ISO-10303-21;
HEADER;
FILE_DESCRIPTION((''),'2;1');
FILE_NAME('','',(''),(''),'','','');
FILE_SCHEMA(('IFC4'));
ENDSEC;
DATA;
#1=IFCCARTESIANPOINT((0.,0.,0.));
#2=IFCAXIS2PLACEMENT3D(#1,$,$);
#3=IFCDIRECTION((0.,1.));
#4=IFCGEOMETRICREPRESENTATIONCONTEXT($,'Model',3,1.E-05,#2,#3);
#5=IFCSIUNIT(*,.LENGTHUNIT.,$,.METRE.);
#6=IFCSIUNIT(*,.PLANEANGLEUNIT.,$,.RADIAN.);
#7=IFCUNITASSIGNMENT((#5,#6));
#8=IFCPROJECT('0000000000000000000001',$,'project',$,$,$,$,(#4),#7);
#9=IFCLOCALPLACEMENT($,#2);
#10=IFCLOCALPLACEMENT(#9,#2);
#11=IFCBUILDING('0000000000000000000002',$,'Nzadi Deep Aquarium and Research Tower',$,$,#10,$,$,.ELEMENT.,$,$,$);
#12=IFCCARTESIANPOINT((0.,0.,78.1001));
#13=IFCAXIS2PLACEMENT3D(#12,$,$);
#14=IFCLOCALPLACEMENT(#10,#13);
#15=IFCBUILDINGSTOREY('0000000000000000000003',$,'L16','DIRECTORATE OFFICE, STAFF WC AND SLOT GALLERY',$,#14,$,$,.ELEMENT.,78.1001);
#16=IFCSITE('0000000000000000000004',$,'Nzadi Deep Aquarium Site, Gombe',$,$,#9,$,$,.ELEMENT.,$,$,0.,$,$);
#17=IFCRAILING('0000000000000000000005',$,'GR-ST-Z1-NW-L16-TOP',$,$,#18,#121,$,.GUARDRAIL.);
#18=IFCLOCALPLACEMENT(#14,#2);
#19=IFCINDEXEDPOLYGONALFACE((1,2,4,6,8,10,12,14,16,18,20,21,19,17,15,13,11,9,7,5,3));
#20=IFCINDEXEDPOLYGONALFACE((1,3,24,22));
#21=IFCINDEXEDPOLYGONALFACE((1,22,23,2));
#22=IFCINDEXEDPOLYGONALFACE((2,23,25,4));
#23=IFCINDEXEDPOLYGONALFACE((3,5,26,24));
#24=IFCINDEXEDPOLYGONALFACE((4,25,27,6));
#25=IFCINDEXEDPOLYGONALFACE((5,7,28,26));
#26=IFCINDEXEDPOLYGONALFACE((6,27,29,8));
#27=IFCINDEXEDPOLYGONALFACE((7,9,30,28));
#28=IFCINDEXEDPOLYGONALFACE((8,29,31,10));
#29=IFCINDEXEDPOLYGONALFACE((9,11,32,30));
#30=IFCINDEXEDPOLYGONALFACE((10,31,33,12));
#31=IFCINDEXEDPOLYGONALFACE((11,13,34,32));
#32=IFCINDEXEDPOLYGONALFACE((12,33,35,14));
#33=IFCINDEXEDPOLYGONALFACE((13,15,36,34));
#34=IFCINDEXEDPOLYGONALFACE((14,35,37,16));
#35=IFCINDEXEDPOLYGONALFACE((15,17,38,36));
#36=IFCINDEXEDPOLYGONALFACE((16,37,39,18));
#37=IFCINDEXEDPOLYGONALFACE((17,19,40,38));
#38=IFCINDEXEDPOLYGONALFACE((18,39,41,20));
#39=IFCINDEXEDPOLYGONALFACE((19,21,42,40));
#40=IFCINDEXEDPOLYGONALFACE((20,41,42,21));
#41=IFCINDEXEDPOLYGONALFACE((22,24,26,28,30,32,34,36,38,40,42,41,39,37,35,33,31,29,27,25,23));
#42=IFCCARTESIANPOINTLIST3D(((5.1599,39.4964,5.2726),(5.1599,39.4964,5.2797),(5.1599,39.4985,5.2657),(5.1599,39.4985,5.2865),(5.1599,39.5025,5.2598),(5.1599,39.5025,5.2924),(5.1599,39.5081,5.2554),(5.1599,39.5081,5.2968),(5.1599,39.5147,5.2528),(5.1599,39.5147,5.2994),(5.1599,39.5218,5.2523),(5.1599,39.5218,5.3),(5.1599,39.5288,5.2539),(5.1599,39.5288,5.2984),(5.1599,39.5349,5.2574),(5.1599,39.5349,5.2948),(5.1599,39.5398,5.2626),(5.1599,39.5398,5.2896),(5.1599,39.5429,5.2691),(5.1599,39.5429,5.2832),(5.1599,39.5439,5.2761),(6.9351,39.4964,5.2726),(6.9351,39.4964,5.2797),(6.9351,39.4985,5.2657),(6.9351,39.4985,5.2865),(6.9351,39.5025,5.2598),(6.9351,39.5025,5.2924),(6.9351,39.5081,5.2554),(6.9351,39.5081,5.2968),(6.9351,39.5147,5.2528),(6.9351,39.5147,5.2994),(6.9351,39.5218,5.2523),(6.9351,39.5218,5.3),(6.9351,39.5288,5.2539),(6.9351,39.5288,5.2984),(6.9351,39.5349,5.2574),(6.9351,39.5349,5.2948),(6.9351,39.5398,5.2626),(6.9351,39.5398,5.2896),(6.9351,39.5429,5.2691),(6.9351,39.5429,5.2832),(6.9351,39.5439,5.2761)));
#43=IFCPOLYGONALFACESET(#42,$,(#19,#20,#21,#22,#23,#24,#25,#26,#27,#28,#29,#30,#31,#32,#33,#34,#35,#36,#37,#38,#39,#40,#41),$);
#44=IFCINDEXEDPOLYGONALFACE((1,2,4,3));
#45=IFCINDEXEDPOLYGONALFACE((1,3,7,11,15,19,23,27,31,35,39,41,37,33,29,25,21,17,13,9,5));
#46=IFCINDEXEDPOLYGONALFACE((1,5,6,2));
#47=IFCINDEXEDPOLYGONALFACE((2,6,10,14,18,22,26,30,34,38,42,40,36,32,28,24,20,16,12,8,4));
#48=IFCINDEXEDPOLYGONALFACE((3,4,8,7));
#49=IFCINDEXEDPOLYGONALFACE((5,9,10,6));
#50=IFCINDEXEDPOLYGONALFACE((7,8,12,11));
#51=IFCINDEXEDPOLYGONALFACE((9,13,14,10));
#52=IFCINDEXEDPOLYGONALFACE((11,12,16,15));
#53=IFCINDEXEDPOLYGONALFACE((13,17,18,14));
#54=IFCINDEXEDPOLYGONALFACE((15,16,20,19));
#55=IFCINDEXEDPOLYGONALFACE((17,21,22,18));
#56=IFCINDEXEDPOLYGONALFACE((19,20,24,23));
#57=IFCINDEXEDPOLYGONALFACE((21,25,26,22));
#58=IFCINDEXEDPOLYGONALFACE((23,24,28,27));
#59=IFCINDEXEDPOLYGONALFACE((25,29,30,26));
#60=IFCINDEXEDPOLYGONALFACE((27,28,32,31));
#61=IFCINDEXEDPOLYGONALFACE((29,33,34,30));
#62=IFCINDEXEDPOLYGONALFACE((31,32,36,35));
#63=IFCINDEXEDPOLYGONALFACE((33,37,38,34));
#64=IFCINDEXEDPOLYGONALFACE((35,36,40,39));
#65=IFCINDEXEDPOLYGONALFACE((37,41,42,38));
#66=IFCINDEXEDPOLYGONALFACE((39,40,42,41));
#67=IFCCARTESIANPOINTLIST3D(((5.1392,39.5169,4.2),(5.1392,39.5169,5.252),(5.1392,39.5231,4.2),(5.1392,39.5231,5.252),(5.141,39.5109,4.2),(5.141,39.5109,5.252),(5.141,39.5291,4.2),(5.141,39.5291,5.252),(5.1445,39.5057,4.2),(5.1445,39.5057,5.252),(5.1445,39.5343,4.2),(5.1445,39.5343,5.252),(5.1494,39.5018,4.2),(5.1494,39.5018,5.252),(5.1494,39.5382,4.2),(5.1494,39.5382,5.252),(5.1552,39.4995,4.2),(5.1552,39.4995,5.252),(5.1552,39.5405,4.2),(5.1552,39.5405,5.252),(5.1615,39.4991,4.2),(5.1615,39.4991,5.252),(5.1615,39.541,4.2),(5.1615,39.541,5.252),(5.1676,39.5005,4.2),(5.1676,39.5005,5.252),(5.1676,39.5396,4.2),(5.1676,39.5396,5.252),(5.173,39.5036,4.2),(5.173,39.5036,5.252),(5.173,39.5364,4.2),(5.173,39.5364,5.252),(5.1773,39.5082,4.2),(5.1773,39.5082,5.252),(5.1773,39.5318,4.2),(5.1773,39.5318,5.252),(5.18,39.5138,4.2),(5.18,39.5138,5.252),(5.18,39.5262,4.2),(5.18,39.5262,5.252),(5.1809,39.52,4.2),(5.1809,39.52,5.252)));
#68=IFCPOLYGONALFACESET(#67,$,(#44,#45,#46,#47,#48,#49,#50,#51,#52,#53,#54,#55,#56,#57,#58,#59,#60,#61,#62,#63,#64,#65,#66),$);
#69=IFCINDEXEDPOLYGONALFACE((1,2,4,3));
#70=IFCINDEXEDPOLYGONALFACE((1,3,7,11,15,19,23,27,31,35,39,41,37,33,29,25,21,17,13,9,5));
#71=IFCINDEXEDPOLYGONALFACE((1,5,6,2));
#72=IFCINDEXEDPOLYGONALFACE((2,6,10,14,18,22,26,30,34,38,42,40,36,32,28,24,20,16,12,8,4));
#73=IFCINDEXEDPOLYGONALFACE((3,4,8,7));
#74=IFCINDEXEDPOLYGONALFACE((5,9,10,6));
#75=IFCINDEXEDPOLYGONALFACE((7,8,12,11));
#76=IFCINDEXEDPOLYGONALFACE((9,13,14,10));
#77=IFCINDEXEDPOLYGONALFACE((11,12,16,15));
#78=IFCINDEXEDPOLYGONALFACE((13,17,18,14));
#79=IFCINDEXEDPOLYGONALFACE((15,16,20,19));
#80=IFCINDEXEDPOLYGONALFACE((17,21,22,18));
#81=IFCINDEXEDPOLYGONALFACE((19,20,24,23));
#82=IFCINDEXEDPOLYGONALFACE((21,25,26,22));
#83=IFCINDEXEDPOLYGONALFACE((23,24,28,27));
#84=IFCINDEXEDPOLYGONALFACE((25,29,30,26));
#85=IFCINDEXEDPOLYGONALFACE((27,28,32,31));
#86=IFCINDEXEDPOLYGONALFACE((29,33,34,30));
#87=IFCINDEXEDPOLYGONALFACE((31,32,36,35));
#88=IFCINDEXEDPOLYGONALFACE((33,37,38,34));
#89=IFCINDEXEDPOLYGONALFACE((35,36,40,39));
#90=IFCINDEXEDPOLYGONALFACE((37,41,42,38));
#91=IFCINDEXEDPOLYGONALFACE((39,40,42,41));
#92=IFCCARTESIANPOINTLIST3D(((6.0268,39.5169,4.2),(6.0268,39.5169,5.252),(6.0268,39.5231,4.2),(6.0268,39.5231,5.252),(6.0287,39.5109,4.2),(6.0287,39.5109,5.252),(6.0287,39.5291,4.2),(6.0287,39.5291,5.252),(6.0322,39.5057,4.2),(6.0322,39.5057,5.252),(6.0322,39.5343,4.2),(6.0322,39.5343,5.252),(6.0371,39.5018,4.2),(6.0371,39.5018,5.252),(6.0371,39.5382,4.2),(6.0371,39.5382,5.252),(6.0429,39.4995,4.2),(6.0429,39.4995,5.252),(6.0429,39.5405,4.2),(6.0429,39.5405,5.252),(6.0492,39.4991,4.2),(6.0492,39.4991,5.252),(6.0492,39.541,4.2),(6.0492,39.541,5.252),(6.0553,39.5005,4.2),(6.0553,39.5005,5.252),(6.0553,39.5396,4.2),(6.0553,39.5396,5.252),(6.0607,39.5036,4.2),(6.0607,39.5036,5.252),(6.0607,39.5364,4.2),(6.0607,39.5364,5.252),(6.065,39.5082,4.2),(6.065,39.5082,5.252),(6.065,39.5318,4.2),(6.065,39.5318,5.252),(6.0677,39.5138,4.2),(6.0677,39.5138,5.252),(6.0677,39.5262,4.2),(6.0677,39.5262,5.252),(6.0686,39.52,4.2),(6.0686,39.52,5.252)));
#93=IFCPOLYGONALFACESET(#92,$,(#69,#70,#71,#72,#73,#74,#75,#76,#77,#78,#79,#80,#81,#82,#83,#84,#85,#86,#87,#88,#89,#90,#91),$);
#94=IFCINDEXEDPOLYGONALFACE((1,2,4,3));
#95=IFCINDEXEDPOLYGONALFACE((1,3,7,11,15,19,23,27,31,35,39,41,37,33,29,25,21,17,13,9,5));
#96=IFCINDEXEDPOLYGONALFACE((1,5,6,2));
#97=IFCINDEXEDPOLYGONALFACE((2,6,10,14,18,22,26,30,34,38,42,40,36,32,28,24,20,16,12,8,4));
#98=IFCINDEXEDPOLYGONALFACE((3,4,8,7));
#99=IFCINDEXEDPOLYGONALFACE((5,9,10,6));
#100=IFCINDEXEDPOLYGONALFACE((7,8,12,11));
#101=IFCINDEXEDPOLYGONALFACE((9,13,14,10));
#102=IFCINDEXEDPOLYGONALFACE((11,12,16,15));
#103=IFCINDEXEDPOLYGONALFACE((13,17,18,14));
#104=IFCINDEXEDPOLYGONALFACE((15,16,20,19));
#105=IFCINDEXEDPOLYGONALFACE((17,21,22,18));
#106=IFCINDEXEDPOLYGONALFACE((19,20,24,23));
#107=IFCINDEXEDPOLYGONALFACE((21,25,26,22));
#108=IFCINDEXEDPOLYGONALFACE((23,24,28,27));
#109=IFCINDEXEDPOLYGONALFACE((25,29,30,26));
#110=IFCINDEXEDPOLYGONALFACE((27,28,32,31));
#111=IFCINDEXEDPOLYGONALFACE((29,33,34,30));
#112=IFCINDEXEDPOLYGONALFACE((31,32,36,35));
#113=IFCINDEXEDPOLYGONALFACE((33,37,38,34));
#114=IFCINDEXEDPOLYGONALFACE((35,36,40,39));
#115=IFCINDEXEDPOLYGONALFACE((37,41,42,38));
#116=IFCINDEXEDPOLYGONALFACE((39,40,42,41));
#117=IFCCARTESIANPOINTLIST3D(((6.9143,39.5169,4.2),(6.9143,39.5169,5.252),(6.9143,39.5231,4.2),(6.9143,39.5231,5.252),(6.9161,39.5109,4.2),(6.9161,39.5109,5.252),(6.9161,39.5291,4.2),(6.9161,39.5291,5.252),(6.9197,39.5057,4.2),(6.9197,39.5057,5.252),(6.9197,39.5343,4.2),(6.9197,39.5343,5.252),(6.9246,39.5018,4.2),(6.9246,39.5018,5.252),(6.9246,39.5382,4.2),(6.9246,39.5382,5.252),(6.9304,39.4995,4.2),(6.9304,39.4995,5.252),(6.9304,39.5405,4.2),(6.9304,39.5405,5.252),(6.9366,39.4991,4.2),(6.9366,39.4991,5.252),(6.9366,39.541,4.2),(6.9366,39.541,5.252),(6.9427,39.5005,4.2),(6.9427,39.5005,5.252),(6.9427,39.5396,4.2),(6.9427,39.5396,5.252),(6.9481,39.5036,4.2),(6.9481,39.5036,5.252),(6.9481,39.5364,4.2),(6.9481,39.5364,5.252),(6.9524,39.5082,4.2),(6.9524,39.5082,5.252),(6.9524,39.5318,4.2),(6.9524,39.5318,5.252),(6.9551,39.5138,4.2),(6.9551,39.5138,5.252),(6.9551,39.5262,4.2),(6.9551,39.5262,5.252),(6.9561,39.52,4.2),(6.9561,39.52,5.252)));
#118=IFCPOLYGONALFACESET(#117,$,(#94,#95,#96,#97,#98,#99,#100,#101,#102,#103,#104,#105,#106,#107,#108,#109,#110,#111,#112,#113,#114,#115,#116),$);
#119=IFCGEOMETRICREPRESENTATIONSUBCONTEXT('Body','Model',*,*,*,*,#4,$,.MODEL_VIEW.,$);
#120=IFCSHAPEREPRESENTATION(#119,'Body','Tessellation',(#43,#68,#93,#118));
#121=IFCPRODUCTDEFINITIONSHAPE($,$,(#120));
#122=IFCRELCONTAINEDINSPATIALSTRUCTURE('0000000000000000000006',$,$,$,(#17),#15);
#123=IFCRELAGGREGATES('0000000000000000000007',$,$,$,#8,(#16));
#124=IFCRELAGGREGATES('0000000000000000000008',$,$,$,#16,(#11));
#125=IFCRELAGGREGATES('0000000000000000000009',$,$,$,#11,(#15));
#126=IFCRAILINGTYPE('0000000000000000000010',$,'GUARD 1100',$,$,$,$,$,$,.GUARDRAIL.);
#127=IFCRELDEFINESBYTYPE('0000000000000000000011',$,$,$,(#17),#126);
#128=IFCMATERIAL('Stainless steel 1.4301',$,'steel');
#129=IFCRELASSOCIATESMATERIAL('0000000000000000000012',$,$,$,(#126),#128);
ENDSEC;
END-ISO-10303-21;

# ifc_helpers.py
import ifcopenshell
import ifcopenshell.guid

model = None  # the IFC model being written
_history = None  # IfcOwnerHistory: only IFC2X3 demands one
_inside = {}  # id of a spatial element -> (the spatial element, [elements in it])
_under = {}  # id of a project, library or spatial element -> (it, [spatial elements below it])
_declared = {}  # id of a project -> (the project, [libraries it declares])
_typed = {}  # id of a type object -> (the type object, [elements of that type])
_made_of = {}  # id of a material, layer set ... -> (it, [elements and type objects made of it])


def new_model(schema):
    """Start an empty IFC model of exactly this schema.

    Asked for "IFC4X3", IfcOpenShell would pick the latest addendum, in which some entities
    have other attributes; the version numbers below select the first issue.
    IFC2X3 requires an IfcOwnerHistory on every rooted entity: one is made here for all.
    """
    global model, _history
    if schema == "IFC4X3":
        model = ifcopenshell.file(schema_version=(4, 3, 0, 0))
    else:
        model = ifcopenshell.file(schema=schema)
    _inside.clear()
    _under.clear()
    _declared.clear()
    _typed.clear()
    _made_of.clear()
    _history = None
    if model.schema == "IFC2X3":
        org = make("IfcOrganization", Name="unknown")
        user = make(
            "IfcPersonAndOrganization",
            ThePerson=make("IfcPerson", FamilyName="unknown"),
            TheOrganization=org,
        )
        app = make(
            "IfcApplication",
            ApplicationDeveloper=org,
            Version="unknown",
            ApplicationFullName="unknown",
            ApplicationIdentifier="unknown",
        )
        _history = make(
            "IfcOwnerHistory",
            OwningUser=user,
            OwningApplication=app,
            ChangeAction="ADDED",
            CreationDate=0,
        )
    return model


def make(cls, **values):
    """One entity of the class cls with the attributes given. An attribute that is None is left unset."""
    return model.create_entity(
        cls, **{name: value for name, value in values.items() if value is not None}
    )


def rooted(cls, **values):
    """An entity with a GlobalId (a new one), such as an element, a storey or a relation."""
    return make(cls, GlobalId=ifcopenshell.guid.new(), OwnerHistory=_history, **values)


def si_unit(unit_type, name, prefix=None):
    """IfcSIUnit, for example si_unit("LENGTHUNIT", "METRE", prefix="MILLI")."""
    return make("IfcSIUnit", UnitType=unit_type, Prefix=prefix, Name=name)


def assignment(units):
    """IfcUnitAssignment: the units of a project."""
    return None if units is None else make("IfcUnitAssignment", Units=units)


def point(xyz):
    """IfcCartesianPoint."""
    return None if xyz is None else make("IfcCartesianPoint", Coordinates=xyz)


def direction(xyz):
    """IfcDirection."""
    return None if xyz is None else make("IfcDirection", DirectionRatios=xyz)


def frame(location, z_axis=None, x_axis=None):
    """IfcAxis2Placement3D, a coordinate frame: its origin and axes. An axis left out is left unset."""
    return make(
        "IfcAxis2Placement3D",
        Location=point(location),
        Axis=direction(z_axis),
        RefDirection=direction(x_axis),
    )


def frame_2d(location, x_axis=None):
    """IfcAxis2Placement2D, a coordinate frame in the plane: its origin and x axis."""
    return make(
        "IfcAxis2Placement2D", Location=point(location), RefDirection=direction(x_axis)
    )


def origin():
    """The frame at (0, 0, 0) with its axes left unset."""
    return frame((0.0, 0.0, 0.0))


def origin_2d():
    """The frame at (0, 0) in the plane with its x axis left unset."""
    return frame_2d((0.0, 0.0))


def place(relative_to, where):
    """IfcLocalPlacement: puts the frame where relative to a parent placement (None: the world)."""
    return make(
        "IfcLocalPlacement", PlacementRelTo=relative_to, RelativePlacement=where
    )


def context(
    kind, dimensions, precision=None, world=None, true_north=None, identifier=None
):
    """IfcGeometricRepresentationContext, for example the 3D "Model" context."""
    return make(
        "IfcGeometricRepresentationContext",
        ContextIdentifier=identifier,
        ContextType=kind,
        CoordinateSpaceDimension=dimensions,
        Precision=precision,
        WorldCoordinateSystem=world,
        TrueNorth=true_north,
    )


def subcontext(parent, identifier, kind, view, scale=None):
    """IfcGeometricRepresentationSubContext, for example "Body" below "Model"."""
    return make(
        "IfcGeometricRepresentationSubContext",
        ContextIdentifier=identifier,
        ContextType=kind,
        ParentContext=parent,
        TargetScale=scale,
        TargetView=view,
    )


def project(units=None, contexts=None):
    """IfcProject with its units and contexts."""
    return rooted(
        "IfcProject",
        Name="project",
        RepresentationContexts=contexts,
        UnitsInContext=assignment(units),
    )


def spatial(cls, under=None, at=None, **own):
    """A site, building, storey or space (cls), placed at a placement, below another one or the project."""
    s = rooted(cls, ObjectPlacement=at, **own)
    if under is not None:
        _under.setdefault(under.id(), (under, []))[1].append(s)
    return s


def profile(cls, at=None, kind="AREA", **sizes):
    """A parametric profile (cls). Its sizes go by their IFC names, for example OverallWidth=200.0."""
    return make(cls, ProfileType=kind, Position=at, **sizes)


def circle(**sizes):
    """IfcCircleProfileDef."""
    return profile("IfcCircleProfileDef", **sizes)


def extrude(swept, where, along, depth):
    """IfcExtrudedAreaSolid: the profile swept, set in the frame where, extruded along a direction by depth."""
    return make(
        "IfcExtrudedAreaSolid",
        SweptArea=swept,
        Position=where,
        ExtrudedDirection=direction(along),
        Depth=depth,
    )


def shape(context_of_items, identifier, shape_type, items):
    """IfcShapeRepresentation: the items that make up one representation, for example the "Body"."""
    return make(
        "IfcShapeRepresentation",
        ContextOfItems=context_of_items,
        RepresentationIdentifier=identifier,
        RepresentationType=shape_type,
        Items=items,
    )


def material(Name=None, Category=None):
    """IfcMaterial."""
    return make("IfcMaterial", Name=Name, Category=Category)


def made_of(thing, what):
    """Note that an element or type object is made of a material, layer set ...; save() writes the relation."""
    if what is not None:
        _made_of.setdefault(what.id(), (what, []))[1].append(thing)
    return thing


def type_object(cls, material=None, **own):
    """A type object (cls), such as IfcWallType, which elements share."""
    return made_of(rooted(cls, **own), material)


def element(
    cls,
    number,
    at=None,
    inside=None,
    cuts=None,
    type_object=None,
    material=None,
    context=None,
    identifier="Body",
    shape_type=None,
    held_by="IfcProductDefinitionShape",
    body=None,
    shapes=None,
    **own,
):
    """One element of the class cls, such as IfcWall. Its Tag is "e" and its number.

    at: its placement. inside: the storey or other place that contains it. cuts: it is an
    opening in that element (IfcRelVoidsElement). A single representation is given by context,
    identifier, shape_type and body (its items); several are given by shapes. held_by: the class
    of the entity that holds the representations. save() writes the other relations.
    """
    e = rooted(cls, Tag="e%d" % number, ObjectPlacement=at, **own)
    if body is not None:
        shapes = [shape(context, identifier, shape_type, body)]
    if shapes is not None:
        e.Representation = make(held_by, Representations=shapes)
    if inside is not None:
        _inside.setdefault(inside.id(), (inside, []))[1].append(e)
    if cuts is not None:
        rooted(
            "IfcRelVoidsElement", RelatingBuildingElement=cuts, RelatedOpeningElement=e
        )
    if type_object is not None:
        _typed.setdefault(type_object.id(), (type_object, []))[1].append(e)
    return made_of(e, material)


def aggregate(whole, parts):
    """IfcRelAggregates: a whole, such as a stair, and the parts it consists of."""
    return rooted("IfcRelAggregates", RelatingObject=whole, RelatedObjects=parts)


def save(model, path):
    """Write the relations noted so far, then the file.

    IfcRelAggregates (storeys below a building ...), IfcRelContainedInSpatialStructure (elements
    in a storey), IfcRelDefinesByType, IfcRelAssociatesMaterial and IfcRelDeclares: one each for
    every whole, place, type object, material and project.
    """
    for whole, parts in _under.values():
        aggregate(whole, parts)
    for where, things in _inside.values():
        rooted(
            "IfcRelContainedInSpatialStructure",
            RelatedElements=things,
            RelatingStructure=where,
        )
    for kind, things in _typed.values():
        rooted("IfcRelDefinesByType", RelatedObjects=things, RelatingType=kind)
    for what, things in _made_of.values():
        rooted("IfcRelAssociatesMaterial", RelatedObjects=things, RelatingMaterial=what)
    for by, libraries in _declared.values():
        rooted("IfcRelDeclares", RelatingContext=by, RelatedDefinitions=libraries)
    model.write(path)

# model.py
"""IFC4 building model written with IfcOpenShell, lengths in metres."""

from ifc_helpers import new_model, si_unit, direction, frame, origin, origin_2d, place, context, subcontext, project, spatial, circle, extrude, material, type_object, element, save


model = new_model("IFC4")

# Units and contexts
model_context = context("Model", 3, precision=1e-05, world=origin(), true_north=direction((0.0, 1.0)))
body_context = subcontext(model_context, "Body", "Model", "MODEL_VIEW")
ifc_project = project(units=[si_unit("LENGTHUNIT", "METRE"), si_unit("PLANEANGLEUNIT", "RADIAN")], contexts=[model_context])

# Site, building, storey
site_placement = place(None, origin())
site = spatial("IfcSite", under=ifc_project, at=site_placement, Name="Nzadi Deep Aquarium Site, Gombe", CompositionType="ELEMENT", RefElevation=0.0)
building_placement = place(site_placement, origin())
building = spatial("IfcBuilding", under=site, at=building_placement, Name="Nzadi Deep Aquarium and Research Tower", CompositionType="ELEMENT")
storey_placement = place(building_placement, frame((0.0, 0.0, 78.1001)))
storey = spatial("IfcBuildingStorey", under=building, at=storey_placement, Name="L16", Description="DIRECTORATE OFFICE, STAFF WC AND SLOT GALLERY", CompositionType="ELEMENT", Elevation=78.1001)

# Railing
ifc_material_1 = material(Name="Stainless steel 1.4301", Category="steel")
railing_type_1 = type_object("IfcRailingType", Name="GUARD 1100", PredefinedType="GUARDRAIL", material=ifc_material_1)
railing_1_placement = place(storey_placement, frame((5.1599, 39.52, 4.2)))
element("IfcRailing", 1, at=railing_1_placement, inside=storey, type_object=railing_type_1, Name="GR-ST-Z1-NW-L16-TOP", PredefinedType="GUARDRAIL", context=body_context, shape_type="SweptSolid", body=[
    extrude(circle(Radius=0.0239, at=origin_2d()), frame((0.0, 0.0, 1.0762), z_axis=(1.0, 0.0, 0.0), x_axis=(0.0, 1.0, 0.0)), (0.0, 0.0, 1.0), 1.7751),
    extrude(circle(Radius=0.021, at=origin_2d()), origin(), (0.0, 0.0, 1.0), 1.052),
    extrude(circle(Radius=0.021, at=origin_2d()), frame((0.8877, 0.0, 0.0)), (0.0, 0.0, 1.0), 1.052),
    extrude(circle(Radius=0.021, at=origin_2d()), frame((1.7751, 0.0, 0.0)), (0.0, 0.0, 1.0), 1.052),
])

save(model, "model.ifc")
